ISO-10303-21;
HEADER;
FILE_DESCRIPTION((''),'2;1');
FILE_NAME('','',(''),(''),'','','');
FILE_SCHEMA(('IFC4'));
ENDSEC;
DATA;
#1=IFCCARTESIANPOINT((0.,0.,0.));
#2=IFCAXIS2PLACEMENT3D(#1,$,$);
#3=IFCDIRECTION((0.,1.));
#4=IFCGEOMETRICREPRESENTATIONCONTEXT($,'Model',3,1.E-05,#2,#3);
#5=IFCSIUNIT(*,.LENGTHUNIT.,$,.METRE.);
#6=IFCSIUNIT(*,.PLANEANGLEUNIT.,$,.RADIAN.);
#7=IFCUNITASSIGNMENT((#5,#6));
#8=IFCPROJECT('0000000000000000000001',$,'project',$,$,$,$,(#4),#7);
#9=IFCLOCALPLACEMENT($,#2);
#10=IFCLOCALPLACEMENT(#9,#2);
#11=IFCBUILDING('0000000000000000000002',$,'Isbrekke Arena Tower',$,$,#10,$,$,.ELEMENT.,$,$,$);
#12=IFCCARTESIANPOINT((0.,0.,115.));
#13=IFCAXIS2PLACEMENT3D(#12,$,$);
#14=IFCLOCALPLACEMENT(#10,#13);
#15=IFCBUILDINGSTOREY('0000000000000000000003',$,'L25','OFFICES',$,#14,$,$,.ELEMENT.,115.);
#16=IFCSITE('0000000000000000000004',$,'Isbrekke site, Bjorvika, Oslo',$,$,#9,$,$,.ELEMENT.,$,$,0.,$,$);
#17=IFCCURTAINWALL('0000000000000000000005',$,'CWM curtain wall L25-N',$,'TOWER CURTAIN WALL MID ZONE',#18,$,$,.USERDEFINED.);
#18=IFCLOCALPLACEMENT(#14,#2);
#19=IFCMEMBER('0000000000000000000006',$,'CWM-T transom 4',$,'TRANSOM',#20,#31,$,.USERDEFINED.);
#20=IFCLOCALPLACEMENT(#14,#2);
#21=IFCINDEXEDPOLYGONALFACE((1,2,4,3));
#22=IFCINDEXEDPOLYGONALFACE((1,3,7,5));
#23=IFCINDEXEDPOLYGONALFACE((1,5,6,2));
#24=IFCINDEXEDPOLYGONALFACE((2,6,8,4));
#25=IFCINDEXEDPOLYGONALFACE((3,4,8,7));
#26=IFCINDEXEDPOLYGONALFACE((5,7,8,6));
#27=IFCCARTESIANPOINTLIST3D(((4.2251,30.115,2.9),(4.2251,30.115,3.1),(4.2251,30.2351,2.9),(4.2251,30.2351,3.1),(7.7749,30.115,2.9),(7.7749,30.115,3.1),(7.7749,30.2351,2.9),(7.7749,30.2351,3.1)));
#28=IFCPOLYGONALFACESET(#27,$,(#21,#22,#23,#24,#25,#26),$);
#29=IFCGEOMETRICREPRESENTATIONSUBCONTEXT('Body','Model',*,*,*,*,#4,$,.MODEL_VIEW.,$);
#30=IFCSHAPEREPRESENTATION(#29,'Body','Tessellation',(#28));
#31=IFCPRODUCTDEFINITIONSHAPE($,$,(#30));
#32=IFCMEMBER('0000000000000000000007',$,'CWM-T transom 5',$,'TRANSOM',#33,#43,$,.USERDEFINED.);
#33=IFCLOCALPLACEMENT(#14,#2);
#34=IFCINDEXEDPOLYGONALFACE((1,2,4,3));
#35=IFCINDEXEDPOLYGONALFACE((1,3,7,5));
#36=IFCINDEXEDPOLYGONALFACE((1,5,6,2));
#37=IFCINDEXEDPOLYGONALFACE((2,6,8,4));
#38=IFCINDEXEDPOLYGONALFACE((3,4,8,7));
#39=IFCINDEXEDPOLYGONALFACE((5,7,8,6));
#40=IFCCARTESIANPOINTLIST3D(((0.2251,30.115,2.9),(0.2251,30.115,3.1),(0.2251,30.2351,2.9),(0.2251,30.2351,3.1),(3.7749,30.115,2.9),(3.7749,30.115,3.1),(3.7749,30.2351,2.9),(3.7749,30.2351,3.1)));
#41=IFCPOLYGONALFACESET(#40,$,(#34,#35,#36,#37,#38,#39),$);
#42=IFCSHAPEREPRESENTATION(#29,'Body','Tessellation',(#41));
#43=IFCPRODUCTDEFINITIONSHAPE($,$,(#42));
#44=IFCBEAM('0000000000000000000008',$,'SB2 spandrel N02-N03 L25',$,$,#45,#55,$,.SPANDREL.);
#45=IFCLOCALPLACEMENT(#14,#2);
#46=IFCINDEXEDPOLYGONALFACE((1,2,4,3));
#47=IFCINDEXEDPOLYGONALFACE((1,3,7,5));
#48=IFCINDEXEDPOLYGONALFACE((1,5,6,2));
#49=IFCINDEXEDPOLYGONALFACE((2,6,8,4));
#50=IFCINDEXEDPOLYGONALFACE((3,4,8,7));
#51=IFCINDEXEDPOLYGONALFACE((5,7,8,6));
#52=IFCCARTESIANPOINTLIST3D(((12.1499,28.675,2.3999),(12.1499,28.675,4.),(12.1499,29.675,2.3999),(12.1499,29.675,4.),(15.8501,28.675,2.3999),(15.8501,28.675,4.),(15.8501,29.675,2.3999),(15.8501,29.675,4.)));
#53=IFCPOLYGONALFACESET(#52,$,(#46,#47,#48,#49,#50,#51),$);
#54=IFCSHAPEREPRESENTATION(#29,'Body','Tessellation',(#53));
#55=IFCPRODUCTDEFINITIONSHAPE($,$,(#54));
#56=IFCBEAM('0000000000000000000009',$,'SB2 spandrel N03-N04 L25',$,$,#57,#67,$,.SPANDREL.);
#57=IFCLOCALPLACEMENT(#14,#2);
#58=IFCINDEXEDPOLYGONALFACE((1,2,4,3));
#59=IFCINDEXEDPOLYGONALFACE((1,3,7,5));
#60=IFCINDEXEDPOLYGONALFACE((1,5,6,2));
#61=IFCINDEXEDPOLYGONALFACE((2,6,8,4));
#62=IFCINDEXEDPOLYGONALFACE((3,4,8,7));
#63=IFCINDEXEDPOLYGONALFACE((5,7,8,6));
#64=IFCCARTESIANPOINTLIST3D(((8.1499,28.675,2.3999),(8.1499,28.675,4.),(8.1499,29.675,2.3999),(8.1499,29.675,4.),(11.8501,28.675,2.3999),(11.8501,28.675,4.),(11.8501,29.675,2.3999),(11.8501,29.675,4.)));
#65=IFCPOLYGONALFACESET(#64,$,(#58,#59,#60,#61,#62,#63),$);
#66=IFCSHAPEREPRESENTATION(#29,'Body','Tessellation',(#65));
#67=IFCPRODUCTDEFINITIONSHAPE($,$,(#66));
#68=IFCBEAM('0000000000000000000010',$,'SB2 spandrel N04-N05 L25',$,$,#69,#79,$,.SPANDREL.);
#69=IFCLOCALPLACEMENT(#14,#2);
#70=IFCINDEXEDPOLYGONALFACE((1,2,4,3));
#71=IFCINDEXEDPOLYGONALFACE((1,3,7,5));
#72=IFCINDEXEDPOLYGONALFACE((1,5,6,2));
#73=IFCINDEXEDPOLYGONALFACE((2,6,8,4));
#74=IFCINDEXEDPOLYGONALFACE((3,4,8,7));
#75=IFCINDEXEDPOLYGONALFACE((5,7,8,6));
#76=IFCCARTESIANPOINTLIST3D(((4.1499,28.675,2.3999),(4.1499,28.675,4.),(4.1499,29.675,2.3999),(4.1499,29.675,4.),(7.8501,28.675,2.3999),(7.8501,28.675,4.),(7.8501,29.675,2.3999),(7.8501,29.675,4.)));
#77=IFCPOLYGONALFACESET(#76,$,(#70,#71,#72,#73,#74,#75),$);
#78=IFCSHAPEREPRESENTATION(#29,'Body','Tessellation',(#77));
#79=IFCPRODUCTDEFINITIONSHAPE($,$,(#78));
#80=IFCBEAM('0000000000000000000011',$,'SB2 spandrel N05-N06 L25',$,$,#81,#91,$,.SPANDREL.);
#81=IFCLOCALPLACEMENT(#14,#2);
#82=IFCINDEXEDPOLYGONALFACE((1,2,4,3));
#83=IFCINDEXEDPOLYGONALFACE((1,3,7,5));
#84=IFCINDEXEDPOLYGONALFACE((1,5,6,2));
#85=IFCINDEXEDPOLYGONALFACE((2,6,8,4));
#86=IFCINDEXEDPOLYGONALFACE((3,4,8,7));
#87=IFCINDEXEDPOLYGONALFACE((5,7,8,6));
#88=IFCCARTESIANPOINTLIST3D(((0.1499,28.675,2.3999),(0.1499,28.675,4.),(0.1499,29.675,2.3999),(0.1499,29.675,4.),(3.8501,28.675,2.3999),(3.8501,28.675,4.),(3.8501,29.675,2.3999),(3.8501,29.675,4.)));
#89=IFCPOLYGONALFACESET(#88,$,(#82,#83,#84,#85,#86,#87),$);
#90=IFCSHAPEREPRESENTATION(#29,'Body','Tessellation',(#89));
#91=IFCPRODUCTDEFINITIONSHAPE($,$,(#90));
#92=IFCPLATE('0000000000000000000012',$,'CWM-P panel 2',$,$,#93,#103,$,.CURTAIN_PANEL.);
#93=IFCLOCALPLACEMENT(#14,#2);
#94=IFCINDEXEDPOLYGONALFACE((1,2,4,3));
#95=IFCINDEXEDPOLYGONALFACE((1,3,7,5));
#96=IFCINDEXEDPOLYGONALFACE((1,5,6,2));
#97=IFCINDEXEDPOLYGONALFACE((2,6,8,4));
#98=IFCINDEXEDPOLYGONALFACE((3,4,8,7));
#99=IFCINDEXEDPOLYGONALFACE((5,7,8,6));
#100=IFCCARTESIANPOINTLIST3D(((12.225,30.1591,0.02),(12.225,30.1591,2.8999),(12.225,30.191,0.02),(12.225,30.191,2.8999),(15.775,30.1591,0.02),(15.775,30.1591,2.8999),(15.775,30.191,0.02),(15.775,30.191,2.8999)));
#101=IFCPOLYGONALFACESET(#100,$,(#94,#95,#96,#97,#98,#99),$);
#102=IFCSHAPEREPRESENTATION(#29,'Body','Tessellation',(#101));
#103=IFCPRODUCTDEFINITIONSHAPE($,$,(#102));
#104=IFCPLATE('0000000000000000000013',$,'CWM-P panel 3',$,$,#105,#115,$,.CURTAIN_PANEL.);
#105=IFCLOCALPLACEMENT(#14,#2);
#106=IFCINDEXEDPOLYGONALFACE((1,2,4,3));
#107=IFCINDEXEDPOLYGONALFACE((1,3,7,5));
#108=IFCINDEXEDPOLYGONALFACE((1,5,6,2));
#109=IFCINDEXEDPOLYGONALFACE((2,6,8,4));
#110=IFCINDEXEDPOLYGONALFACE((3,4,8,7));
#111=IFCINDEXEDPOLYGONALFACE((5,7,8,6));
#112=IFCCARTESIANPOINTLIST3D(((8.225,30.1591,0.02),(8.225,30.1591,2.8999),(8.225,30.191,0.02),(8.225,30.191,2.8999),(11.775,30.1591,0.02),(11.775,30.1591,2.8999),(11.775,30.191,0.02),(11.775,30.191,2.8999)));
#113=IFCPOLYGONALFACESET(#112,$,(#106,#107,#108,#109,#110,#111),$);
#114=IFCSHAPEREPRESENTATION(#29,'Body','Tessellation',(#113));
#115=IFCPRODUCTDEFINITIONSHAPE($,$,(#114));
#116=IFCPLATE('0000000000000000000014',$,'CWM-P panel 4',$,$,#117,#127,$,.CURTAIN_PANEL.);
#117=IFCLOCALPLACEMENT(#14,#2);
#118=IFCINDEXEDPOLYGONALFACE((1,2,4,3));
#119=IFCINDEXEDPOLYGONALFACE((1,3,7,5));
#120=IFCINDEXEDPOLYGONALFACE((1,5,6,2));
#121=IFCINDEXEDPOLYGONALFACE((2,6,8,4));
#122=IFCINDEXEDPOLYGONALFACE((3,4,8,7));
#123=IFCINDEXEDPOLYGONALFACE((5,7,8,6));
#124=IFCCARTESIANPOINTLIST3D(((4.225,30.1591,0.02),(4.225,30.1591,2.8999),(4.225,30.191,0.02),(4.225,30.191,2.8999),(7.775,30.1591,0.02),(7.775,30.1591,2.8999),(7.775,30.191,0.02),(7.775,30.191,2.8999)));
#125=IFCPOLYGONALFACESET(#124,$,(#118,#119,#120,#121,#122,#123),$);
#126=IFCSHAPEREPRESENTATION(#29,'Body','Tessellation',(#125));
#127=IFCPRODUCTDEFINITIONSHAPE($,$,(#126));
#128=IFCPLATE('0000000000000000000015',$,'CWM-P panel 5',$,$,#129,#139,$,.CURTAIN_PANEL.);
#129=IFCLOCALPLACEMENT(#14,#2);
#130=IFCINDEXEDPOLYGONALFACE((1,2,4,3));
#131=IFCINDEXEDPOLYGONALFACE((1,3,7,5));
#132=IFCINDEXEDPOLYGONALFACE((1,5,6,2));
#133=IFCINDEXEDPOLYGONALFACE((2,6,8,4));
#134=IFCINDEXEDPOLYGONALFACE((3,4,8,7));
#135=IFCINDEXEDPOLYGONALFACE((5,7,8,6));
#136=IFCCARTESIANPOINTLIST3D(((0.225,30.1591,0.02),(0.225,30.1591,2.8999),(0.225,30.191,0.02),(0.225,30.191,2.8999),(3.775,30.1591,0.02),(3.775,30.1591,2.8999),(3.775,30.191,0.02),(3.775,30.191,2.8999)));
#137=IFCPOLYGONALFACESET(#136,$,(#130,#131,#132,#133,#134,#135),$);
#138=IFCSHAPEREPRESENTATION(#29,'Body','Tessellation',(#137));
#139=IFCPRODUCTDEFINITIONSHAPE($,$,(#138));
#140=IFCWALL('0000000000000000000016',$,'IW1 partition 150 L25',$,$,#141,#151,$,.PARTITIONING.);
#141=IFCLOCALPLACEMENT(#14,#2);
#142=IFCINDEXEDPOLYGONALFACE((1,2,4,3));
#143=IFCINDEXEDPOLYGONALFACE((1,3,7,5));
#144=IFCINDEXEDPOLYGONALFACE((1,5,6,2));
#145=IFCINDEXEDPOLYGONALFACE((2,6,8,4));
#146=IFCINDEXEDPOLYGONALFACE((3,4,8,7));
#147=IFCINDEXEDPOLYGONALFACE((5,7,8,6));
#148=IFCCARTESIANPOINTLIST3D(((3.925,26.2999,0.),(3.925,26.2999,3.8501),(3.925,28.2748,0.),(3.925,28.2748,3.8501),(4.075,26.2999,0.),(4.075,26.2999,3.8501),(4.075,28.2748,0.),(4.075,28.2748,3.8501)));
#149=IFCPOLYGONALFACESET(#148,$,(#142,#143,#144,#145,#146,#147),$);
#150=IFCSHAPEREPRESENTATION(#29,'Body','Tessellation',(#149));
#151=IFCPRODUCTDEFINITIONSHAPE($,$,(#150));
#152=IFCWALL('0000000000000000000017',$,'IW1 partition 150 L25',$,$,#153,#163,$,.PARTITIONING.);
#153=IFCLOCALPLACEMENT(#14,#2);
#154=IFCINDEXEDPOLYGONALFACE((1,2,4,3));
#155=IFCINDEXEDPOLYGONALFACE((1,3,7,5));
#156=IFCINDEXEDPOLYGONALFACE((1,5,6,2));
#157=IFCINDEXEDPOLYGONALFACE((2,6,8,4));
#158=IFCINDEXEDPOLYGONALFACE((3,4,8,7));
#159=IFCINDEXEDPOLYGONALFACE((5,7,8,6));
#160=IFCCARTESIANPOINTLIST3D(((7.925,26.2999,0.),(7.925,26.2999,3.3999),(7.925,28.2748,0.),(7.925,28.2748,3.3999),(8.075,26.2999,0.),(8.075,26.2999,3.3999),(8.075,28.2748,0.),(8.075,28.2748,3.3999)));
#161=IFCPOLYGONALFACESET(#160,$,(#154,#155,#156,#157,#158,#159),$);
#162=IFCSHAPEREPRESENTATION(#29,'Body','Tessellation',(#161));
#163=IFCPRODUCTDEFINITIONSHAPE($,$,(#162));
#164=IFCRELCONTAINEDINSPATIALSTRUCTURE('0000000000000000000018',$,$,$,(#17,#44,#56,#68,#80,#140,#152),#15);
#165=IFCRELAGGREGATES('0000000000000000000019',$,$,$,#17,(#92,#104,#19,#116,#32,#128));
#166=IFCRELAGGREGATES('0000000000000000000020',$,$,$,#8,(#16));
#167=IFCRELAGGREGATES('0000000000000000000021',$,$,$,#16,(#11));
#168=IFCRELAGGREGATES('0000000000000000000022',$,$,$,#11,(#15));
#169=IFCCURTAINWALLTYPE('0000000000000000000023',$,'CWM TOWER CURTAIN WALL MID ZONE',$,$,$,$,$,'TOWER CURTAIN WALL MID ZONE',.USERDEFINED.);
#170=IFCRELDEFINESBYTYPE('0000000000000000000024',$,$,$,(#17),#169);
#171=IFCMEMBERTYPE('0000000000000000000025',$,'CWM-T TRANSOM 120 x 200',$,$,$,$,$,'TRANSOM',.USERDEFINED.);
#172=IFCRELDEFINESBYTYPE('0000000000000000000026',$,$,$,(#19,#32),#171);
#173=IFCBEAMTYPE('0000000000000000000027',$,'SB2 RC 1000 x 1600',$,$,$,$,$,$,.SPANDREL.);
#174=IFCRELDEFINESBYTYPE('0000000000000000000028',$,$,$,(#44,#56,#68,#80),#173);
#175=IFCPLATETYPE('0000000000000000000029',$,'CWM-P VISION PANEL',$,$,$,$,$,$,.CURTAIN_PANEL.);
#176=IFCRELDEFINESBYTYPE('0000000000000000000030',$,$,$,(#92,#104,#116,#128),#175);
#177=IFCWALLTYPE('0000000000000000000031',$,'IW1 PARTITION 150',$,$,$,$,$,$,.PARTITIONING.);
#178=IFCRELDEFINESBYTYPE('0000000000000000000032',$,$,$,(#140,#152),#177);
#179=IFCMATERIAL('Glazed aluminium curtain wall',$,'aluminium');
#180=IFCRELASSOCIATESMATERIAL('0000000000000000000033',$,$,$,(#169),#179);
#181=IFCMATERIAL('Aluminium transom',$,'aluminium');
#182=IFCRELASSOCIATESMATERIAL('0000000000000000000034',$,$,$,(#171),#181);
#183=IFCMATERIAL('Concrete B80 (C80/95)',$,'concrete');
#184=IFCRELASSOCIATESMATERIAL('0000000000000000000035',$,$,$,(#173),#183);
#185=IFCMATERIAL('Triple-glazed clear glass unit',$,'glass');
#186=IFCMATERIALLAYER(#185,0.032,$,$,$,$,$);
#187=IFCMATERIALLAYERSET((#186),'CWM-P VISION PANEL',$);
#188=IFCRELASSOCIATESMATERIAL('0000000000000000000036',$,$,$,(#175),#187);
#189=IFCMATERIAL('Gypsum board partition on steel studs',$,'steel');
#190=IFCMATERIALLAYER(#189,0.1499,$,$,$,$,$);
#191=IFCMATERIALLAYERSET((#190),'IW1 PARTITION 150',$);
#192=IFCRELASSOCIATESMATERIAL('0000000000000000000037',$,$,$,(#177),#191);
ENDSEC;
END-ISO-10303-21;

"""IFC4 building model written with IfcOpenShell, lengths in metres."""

from ifc_helpers import new_model, si_unit, direction, frame, frame_2d, origin, origin_2d, place, context, subcontext, project, spatial, rectangle, extrude, material, layer, layer_set, material_profile, profile_set, type_object, element, aggregate, save


model = new_model("IFC4")

# Units and contexts
model_context = context("Model", 3, precision=1e-05, world=origin(), true_north=direction((0.0, 1.0)))
body_context = subcontext(model_context, "Body", "Model", "MODEL_VIEW")
ifc_project = project(units=[si_unit("LENGTHUNIT", "METRE"), si_unit("PLANEANGLEUNIT", "RADIAN")], contexts=[model_context])

# Site, building, storey
site_placement = place(None, origin())
site = spatial("IfcSite", under=ifc_project, at=site_placement, Name="Isbrekke site, Bjorvika, Oslo", CompositionType="ELEMENT", RefElevation=0.0)
building_placement = place(site_placement, origin())
building = spatial("IfcBuilding", under=site, at=building_placement, Name="Isbrekke Arena Tower", CompositionType="ELEMENT")
storey_placement = place(building_placement, frame((0.0, 0.0, 115.0)))
storey = spatial("IfcBuildingStorey", under=building, at=storey_placement, Name="L25", Description="OFFICES", CompositionType="ELEMENT", Elevation=115.0)

# Curtain wall, members
ifc_material_1 = material(Name="Glazed aluminium curtain wall", Category="aluminium")
curtain_wall_type = type_object("IfcCurtainWallType", Name="CWM TOWER CURTAIN WALL MID ZONE", ElementType="TOWER CURTAIN WALL MID ZONE", PredefinedType="USERDEFINED", material=ifc_material_1)
curtain_wall_placement = place(storey_placement, origin())
curtain_wall = element("IfcCurtainWall", 1, at=curtain_wall_placement, inside=storey, type_object=curtain_wall_type, Name="CWM curtain wall L25-N", ObjectType="TOWER CURTAIN WALL MID ZONE", PredefinedType="USERDEFINED")
ifc_material_2 = material(Name="Aluminium transom", Category="aluminium")
ifc_material_profile_1 = material_profile(ifc_material_2, rectangle(XDim=0.1201, YDim=0.2, at=origin_2d()), Name="TRANSOM 120X200")
ifc_profile_set_1 = profile_set([ifc_material_profile_1], Name="Aluminium transom")
member_type_1 = type_object("IfcMemberType", Name="CWM-T TRANSOM 120 x 200", ElementType="TRANSOM", PredefinedType="USERDEFINED", material=ifc_profile_set_1)
member_1_placement = place(storey_placement, frame((7.7749, 30.175, 3.0), z_axis=(-1.0, 0.0, 0.0), x_axis=(0.0, -1.0, 0.0)))
member_1 = element("IfcMember", 2, at=member_1_placement, type_object=member_type_1, Name="CWM-T transom 4", ObjectType="TRANSOM", PredefinedType="USERDEFINED", context=body_context, shape_type="SweptSolid", body=[
    extrude(rectangle(XDim=0.1201, YDim=0.2, at=origin_2d()), origin(), (0.0, 0.0, 1.0), 3.5498),
])
member_2_placement = place(storey_placement, frame((3.7749, 30.175, 3.0), z_axis=(-1.0, 0.0, 0.0), x_axis=(0.0, -1.0, 0.0)))
member_2 = element("IfcMember", 3, at=member_2_placement, type_object=member_type_1, Name="CWM-T transom 5", ObjectType="TRANSOM", PredefinedType="USERDEFINED", context=body_context, shape_type="SweptSolid", body=[
    extrude(rectangle(XDim=0.1201, YDim=0.2, at=origin_2d()), origin(), (0.0, 0.0, 1.0), 3.5498),
])

# Beams
ifc_material_3 = material(Name="Concrete B80 (C80/95)", Category="concrete")
ifc_material_profile_2 = material_profile(ifc_material_3, rectangle(XDim=1.0, YDim=1.6001, at=origin_2d()), Name="RC 1000x1600")
ifc_profile_set_2 = profile_set([ifc_material_profile_2], Name="Concrete B80 (C80/95)")
beam_type_1 = type_object("IfcBeamType", Name="SB2 RC 1000 x 1600", PredefinedType="SPANDREL", material=ifc_profile_set_2)
for number, where, z_axis, x_axis, name in (
    (4, (15.8501, 29.175, 3.2), (-1.0, 0.0, 0.0), (0.0, -1.0, 0.0), "SB2 spandrel N02-N03 L25"),
    (5, (11.8501, 29.175, 3.2), (-1.0, 0.0, 0.0), (0.0, -1.0, 0.0), "SB2 spandrel N03-N04 L25"),
    (6, (7.8501, 29.175, 3.2), (-1.0, 0.0, 0.0), (0.0, -1.0, 0.0), "SB2 spandrel N04-N05 L25"),
    (7, (3.8501, 29.175, 3.2), (-1.0, 0.0, 0.0), (0.0, -1.0, 0.0), "SB2 spandrel N05-N06 L25"),
):
    element("IfcBeam", number, at=place(storey_placement, frame(where, z_axis=z_axis, x_axis=x_axis)), inside=storey, type_object=beam_type_1, Name=name, PredefinedType="SPANDREL", context=body_context, shape_type="SweptSolid", body=[
        extrude(rectangle(XDim=1.0, YDim=1.6001, at=origin_2d()), origin(), (0.0, 0.0, 1.0), 3.7002),
    ])

# Plates
ifc_material_4 = material(Name="Triple-glazed clear glass unit", Category="glass")
ifc_layer_1 = layer(ifc_material_4, 0.032)
ifc_layer_set_1 = layer_set([ifc_layer_1], Name="CWM-P VISION PANEL")
plate_type = type_object("IfcPlateType", Name="CWM-P VISION PANEL", PredefinedType="CURTAIN_PANEL", material=ifc_layer_set_1)
plate_1_placement = place(storey_placement, frame((14.0, 30.175, 0.02), z_axis=(0.0, 0.0, 1.0), x_axis=(-1.0, 0.0, 0.0)))
plate_1 = element("IfcPlate", 8, at=plate_1_placement, type_object=plate_type, Name="CWM-P panel 2", PredefinedType="CURTAIN_PANEL", context=body_context, shape_type="SweptSolid", body=[
    extrude(rectangle(XDim=3.55, YDim=0.032, at=origin_2d()), origin(), (0.0, 0.0, 1.0), 2.8799),
])
plate_2_placement = place(storey_placement, frame((10.0, 30.175, 0.02), z_axis=(0.0, 0.0, 1.0), x_axis=(-1.0, 0.0, 0.0)))
plate_2 = element("IfcPlate", 9, at=plate_2_placement, type_object=plate_type, Name="CWM-P panel 3", PredefinedType="CURTAIN_PANEL", context=body_context, shape_type="SweptSolid", body=[
    extrude(rectangle(XDim=3.55, YDim=0.032, at=origin_2d()), origin(), (0.0, 0.0, 1.0), 2.8799),
])
plate_3_placement = place(storey_placement, frame((6.0, 30.175, 0.02), z_axis=(0.0, 0.0, 1.0), x_axis=(-1.0, 0.0, 0.0)))
plate_3 = element("IfcPlate", 10, at=plate_3_placement, type_object=plate_type, Name="CWM-P panel 4", PredefinedType="CURTAIN_PANEL", context=body_context, shape_type="SweptSolid", body=[
    extrude(rectangle(XDim=3.55, YDim=0.032, at=origin_2d()), origin(), (0.0, 0.0, 1.0), 2.8799),
])
plate_4_placement = place(storey_placement, frame((2.0, 30.175, 0.02), z_axis=(0.0, 0.0, 1.0), x_axis=(-1.0, 0.0, 0.0)))
plate_4 = element("IfcPlate", 11, at=plate_4_placement, type_object=plate_type, Name="CWM-P panel 5", PredefinedType="CURTAIN_PANEL", context=body_context, shape_type="SweptSolid", body=[
    extrude(rectangle(XDim=3.55, YDim=0.032, at=origin_2d()), origin(), (0.0, 0.0, 1.0), 2.8799),
])
aggregate(curtain_wall, [plate_1, plate_2, member_1, plate_3, member_2, plate_4])

# Walls
ifc_material_5 = material(Name="Gypsum board partition on steel studs", Category="steel")
ifc_layer_2 = layer(ifc_material_5, 0.1499)
ifc_layer_set_2 = layer_set([ifc_layer_2], Name="IW1 PARTITION 150")
wall_type = type_object("IfcWallType", Name="IW1 PARTITION 150", PredefinedType="PARTITIONING", material=ifc_layer_set_2)
wall_1_placement = place(storey_placement, frame((4.0, 26.3, 0.0), z_axis=(0.0, 0.0, 1.0), x_axis=(0.0, 1.0, 0.0)))
element("IfcWall", 12, at=wall_1_placement, inside=storey, type_object=wall_type, Name="IW1 partition 150 L25", PredefinedType="PARTITIONING", context=body_context, shape_type="SweptSolid", body=[
    extrude(rectangle(XDim=1.9749, YDim=0.1499, at=frame_2d((0.9873, 0.0))), origin(), (0.0, 0.0, 1.0), 3.8501),
])
wall_2_placement = place(storey_placement, frame((8.0, 26.3, 0.0), z_axis=(0.0, 0.0, 1.0), x_axis=(0.0, 1.0, 0.0)))
element("IfcWall", 13, at=wall_2_placement, inside=storey, type_object=wall_type, Name="IW1 partition 150 L25", PredefinedType="PARTITIONING", context=body_context, shape_type="SweptSolid", body=[
    extrude(rectangle(XDim=1.9749, YDim=0.1499, at=frame_2d((0.9873, 0.0))), origin(), (0.0, 0.0, 1.0), 3.3999),
])

save(model, "model.ifc")
